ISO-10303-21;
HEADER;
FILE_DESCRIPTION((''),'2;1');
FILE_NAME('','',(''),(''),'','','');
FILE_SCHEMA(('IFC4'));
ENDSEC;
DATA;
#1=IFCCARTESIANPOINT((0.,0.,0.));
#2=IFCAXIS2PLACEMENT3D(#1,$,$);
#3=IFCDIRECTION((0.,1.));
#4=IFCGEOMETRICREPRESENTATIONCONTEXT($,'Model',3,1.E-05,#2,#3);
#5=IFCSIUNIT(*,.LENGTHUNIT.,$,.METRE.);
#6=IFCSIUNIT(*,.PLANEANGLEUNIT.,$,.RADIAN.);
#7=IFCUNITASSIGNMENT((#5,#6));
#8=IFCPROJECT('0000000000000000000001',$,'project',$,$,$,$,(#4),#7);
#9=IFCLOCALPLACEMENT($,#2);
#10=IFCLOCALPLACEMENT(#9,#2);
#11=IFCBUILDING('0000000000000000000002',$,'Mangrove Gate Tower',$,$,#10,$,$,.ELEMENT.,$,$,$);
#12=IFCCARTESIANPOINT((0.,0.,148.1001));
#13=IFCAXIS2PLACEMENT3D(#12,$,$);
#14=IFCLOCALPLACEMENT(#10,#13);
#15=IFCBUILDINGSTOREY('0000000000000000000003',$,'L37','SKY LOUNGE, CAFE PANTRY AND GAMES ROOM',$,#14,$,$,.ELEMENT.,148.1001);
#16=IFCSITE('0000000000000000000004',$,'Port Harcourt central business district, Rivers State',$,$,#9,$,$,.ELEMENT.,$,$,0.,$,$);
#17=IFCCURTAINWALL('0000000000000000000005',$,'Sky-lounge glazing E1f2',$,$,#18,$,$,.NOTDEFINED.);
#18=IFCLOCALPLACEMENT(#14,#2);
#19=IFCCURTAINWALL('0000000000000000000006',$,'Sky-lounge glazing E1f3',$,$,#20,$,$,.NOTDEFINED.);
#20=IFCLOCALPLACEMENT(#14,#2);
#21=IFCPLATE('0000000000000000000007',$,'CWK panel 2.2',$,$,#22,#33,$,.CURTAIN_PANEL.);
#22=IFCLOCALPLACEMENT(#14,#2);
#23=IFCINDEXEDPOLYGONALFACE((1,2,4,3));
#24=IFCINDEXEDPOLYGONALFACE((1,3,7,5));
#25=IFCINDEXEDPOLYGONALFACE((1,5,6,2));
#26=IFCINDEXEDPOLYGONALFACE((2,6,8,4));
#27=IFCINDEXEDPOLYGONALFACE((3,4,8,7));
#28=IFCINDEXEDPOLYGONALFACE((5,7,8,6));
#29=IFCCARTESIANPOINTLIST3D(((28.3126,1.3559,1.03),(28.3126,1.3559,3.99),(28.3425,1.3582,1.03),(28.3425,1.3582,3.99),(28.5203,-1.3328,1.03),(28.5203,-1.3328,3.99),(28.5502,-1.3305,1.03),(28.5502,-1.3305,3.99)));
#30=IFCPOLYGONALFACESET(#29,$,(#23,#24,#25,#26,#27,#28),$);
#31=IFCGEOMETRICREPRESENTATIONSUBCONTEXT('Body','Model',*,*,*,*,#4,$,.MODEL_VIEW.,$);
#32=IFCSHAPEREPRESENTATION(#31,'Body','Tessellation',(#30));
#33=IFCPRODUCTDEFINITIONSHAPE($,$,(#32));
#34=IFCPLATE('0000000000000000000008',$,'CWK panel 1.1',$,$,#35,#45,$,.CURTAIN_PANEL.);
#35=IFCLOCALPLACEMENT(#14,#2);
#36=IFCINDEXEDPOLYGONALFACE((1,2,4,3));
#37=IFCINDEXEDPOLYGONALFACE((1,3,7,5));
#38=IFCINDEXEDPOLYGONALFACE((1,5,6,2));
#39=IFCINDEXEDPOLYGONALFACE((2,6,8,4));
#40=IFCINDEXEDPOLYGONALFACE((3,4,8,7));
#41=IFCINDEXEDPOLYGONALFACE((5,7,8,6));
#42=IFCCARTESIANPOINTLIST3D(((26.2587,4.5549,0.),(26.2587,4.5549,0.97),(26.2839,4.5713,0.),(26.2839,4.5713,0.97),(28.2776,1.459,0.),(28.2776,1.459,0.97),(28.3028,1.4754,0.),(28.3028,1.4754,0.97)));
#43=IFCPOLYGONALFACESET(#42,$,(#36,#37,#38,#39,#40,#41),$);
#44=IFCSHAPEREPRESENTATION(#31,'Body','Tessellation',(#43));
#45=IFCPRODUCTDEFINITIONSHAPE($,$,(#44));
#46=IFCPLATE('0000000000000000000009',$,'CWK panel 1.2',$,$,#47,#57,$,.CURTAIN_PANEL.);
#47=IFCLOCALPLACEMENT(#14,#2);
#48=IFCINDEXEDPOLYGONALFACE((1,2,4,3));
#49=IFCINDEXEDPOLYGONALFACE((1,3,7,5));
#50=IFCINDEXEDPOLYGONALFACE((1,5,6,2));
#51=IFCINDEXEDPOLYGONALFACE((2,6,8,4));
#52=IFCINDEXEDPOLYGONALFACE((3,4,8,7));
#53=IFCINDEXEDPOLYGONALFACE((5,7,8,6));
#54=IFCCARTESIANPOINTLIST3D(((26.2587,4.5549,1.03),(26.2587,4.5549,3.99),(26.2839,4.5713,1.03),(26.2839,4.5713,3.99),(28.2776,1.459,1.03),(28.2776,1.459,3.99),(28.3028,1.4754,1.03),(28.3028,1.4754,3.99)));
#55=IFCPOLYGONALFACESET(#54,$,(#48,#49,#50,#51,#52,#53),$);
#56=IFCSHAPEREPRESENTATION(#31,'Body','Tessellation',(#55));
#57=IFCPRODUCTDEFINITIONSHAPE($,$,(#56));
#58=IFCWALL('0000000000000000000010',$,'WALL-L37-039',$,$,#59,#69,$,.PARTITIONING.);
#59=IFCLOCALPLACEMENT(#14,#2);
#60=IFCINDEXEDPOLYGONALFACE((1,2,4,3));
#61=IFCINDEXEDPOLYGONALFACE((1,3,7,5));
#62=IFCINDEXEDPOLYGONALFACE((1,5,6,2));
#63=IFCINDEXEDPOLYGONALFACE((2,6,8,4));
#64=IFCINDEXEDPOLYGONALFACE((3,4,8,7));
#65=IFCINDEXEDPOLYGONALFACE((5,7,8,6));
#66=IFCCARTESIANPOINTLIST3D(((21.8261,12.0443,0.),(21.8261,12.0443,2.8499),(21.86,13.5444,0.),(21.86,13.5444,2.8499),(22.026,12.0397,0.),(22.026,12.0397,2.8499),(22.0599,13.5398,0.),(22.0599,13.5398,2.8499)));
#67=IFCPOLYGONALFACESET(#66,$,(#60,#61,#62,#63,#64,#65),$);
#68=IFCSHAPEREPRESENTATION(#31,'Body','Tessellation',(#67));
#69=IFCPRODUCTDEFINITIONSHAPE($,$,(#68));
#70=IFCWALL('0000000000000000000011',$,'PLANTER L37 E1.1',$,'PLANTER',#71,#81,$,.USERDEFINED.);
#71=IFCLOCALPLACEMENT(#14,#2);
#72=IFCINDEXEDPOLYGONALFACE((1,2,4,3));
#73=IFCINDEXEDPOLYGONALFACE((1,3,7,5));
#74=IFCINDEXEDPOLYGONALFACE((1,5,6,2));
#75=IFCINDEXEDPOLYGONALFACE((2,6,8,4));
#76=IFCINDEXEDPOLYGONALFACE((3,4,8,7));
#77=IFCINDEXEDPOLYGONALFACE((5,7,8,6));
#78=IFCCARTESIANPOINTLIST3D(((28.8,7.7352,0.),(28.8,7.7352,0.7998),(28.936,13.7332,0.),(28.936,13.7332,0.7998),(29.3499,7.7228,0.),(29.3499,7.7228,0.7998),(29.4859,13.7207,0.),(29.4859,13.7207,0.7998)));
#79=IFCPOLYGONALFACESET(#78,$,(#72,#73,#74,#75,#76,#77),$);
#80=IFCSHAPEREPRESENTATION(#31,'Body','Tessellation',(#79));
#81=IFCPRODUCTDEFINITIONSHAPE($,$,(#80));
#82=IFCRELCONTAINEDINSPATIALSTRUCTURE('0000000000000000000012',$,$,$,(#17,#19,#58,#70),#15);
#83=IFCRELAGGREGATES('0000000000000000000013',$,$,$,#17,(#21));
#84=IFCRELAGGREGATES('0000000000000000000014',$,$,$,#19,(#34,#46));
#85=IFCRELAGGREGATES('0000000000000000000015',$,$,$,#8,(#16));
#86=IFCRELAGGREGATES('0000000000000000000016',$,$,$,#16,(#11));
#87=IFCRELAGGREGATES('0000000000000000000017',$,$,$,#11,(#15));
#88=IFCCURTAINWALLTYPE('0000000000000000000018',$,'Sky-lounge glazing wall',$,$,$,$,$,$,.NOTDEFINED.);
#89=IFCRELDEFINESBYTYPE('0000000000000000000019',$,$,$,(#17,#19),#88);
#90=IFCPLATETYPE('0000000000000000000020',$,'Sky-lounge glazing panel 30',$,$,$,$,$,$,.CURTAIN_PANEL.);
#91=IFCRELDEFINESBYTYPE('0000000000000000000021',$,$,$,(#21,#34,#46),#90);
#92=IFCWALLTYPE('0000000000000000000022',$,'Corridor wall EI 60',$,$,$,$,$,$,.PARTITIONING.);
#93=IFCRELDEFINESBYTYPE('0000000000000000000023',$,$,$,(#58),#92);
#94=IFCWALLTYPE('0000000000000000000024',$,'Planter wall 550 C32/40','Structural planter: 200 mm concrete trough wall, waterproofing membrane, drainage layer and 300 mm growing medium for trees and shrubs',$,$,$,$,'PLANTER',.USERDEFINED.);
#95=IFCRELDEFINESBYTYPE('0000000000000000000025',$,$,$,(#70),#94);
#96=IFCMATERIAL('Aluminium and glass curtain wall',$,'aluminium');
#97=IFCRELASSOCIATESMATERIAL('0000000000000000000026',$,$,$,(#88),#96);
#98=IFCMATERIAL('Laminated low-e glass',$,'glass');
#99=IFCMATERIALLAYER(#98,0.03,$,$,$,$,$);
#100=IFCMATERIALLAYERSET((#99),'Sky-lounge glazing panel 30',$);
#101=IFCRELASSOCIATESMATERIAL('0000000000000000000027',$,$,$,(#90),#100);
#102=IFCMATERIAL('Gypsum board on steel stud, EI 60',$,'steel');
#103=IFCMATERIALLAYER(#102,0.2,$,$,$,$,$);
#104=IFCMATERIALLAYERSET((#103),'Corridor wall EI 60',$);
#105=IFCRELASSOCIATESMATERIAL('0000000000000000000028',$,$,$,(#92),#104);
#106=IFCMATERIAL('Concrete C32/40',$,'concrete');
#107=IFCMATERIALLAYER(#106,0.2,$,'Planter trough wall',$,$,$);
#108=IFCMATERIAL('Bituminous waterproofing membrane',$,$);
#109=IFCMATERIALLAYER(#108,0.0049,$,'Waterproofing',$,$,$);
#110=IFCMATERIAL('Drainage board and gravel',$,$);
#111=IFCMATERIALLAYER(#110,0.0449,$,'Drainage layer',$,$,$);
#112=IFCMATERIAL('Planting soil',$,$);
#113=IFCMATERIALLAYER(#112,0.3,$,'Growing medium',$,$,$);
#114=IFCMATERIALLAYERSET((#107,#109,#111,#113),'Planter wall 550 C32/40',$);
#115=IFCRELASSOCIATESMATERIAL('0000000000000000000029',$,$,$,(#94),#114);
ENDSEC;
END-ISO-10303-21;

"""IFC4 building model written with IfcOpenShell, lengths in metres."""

from ifc_helpers import new_model, si_unit, direction, frame, frame_2d, origin, origin_2d, place, context, subcontext, project, spatial, rectangle, extrude, material, layer, layer_set, type_object, element, aggregate, save


model = new_model("IFC4")

# Units and contexts
model_context = context("Model", 3, precision=1e-05, world=origin(), true_north=direction((0.0, 1.0)))
body_context = subcontext(model_context, "Body", "Model", "MODEL_VIEW")
ifc_project = project(units=[si_unit("LENGTHUNIT", "METRE"), si_unit("PLANEANGLEUNIT", "RADIAN")], contexts=[model_context])

# Site, building, storey
site_placement = place(None, origin())
site = spatial("IfcSite", under=ifc_project, at=site_placement, Name="Port Harcourt central business district, Rivers State", CompositionType="ELEMENT", RefElevation=0.0)
building_placement = place(site_placement, origin())
building = spatial("IfcBuilding", under=site, at=building_placement, Name="Mangrove Gate Tower", CompositionType="ELEMENT")
storey_placement = place(building_placement, frame((0.0, 0.0, 148.1001)))
storey = spatial("IfcBuildingStorey", under=building, at=storey_placement, Name="L37", Description="SKY LOUNGE, CAFE PANTRY AND GAMES ROOM", CompositionType="ELEMENT", Elevation=148.1001)

# Curtain wall
ifc_material_1 = material(Name="Aluminium and glass curtain wall", Category="aluminium")
curtain_wall_type = type_object("IfcCurtainWallType", Name="Sky-lounge glazing wall", PredefinedType="NOTDEFINED", material=ifc_material_1)
curtain_wall_1_placement = place(storey_placement, origin())
curtain_wall_1 = element("IfcCurtainWall", 1, at=curtain_wall_1_placement, inside=storey, type_object=curtain_wall_type, Name="Sky-lounge glazing E1f2", PredefinedType="NOTDEFINED")

# Curtain wall
curtain_wall_2_placement = place(storey_placement, origin())
curtain_wall_2 = element("IfcCurtainWall", 2, at=curtain_wall_2_placement, inside=storey, type_object=curtain_wall_type, Name="Sky-lounge glazing E1f3", PredefinedType="NOTDEFINED")

# Plates
ifc_material_2 = material(Name="Laminated low-e glass", Category="glass")
ifc_layer_1 = layer(ifc_material_2, 0.03)
ifc_layer_set_1 = layer_set([ifc_layer_1], Name="Sky-lounge glazing panel 30")
plate_type = type_object("IfcPlateType", Name="Sky-lounge glazing panel 30", PredefinedType="CURTAIN_PANEL", material=ifc_layer_set_1)
plate_1_placement = place(storey_placement, frame((28.4314, 0.0127, 1.03), z_axis=(0.0, 0.0, 1.0), x_axis=(-0.077023, 0.997029, 0.0)))
plate_1 = element("IfcPlate", 3, at=plate_1_placement, type_object=plate_type, Name="CWK panel 2.2", PredefinedType="CURTAIN_PANEL", context=body_context, shape_type="SweptSolid", body=[
    extrude(rectangle(XDim=2.6968, YDim=0.03, at=origin_2d()), origin(), (0.0, 0.0, 1.0), 2.96),
])
aggregate(curtain_wall_1, [plate_1])
plate_2_placement = place(storey_placement, frame((27.2808, 3.0151, 0.0), z_axis=(0.0, 0.0, 1.0), x_axis=(-0.546235, 0.837632, 0.0)))
plate_2 = element("IfcPlate", 4, at=plate_2_placement, type_object=plate_type, Name="CWK panel 1.1", PredefinedType="CURTAIN_PANEL", context=body_context, shape_type="SweptSolid", body=[
    extrude(rectangle(XDim=3.696, YDim=0.03, at=origin_2d()), origin(), (0.0, 0.0, 1.0), 0.97),
])
plate_3_placement = place(storey_placement, frame((27.2808, 3.0151, 1.03), z_axis=(0.0, 0.0, 1.0), x_axis=(-0.546235, 0.837632, 0.0)))
plate_3 = element("IfcPlate", 5, at=plate_3_placement, type_object=plate_type, Name="CWK panel 1.2", PredefinedType="CURTAIN_PANEL", context=body_context, shape_type="SweptSolid", body=[
    extrude(rectangle(XDim=3.696, YDim=0.03, at=origin_2d()), origin(), (0.0, 0.0, 1.0), 2.96),
])
aggregate(curtain_wall_2, [plate_2, plate_3])

# Wall
ifc_material_3 = material(Name="Gypsum board on steel stud, EI 60", Category="steel")
ifc_layer_2 = layer(ifc_material_3, 0.2)
ifc_layer_set_2 = layer_set([ifc_layer_2], Name="Corridor wall EI 60")
wall_type_1 = type_object("IfcWallType", Name="Corridor wall EI 60", PredefinedType="PARTITIONING", material=ifc_layer_set_2)
wall_1_placement = place(storey_placement, frame((21.926, 12.042, 0.0), z_axis=(0.0, 0.0, 1.0), x_axis=(0.022618, 0.999744, 0.0)))
element("IfcWall", 6, at=wall_1_placement, inside=storey, type_object=wall_type_1, Name="WALL-L37-039", PredefinedType="PARTITIONING", context=body_context, shape_type="SweptSolid", body=[
    extrude(rectangle(XDim=1.5005, YDim=0.2, at=frame_2d((0.7502, 0.0))), origin(), (0.0, 0.0, 1.0), 2.8499),
])

# Wall
ifc_material_4 = material(Name="Concrete C32/40", Category="concrete")
ifc_layer_3 = layer(ifc_material_4, 0.2, Name="Planter trough wall")
ifc_material_5 = material(Name="Bituminous waterproofing membrane")
ifc_layer_4 = layer(ifc_material_5, 0.0049, Name="Waterproofing")
ifc_material_6 = material(Name="Drainage board and gravel")
ifc_layer_5 = layer(ifc_material_6, 0.0449, Name="Drainage layer")
ifc_material_7 = material(Name="Planting soil")
ifc_layer_6 = layer(ifc_material_7, 0.3, Name="Growing medium")
ifc_layer_set_3 = layer_set([ifc_layer_3, ifc_layer_4, ifc_layer_5, ifc_layer_6], Name="Planter wall 550 C32/40")
wall_type_2 = type_object("IfcWallType", Name="Planter wall 550 C32/40", Description="Structural planter: 200 mm concrete trough wall, waterproofing membrane, drainage layer and 300 mm growing medium for trees and shrubs", ElementType="PLANTER", PredefinedType="USERDEFINED", material=ifc_layer_set_3)
wall_2_placement = place(storey_placement, frame((29.075, 7.729, 0.0), z_axis=(0.0, 0.0, 1.0), x_axis=(0.022666, 0.999743, 0.0)))
element("IfcWall", 7, at=wall_2_placement, inside=storey, type_object=wall_type_2, Name="PLANTER L37 E1.1", ObjectType="PLANTER", PredefinedType="USERDEFINED", context=body_context, shape_type="SweptSolid", body=[
    extrude(rectangle(XDim=5.9995, YDim=0.55, at=frame_2d((2.9998, 0.0))), origin(), (0.0, 0.0, 1.0), 0.7998),
])

save(model, "model.ifc")
